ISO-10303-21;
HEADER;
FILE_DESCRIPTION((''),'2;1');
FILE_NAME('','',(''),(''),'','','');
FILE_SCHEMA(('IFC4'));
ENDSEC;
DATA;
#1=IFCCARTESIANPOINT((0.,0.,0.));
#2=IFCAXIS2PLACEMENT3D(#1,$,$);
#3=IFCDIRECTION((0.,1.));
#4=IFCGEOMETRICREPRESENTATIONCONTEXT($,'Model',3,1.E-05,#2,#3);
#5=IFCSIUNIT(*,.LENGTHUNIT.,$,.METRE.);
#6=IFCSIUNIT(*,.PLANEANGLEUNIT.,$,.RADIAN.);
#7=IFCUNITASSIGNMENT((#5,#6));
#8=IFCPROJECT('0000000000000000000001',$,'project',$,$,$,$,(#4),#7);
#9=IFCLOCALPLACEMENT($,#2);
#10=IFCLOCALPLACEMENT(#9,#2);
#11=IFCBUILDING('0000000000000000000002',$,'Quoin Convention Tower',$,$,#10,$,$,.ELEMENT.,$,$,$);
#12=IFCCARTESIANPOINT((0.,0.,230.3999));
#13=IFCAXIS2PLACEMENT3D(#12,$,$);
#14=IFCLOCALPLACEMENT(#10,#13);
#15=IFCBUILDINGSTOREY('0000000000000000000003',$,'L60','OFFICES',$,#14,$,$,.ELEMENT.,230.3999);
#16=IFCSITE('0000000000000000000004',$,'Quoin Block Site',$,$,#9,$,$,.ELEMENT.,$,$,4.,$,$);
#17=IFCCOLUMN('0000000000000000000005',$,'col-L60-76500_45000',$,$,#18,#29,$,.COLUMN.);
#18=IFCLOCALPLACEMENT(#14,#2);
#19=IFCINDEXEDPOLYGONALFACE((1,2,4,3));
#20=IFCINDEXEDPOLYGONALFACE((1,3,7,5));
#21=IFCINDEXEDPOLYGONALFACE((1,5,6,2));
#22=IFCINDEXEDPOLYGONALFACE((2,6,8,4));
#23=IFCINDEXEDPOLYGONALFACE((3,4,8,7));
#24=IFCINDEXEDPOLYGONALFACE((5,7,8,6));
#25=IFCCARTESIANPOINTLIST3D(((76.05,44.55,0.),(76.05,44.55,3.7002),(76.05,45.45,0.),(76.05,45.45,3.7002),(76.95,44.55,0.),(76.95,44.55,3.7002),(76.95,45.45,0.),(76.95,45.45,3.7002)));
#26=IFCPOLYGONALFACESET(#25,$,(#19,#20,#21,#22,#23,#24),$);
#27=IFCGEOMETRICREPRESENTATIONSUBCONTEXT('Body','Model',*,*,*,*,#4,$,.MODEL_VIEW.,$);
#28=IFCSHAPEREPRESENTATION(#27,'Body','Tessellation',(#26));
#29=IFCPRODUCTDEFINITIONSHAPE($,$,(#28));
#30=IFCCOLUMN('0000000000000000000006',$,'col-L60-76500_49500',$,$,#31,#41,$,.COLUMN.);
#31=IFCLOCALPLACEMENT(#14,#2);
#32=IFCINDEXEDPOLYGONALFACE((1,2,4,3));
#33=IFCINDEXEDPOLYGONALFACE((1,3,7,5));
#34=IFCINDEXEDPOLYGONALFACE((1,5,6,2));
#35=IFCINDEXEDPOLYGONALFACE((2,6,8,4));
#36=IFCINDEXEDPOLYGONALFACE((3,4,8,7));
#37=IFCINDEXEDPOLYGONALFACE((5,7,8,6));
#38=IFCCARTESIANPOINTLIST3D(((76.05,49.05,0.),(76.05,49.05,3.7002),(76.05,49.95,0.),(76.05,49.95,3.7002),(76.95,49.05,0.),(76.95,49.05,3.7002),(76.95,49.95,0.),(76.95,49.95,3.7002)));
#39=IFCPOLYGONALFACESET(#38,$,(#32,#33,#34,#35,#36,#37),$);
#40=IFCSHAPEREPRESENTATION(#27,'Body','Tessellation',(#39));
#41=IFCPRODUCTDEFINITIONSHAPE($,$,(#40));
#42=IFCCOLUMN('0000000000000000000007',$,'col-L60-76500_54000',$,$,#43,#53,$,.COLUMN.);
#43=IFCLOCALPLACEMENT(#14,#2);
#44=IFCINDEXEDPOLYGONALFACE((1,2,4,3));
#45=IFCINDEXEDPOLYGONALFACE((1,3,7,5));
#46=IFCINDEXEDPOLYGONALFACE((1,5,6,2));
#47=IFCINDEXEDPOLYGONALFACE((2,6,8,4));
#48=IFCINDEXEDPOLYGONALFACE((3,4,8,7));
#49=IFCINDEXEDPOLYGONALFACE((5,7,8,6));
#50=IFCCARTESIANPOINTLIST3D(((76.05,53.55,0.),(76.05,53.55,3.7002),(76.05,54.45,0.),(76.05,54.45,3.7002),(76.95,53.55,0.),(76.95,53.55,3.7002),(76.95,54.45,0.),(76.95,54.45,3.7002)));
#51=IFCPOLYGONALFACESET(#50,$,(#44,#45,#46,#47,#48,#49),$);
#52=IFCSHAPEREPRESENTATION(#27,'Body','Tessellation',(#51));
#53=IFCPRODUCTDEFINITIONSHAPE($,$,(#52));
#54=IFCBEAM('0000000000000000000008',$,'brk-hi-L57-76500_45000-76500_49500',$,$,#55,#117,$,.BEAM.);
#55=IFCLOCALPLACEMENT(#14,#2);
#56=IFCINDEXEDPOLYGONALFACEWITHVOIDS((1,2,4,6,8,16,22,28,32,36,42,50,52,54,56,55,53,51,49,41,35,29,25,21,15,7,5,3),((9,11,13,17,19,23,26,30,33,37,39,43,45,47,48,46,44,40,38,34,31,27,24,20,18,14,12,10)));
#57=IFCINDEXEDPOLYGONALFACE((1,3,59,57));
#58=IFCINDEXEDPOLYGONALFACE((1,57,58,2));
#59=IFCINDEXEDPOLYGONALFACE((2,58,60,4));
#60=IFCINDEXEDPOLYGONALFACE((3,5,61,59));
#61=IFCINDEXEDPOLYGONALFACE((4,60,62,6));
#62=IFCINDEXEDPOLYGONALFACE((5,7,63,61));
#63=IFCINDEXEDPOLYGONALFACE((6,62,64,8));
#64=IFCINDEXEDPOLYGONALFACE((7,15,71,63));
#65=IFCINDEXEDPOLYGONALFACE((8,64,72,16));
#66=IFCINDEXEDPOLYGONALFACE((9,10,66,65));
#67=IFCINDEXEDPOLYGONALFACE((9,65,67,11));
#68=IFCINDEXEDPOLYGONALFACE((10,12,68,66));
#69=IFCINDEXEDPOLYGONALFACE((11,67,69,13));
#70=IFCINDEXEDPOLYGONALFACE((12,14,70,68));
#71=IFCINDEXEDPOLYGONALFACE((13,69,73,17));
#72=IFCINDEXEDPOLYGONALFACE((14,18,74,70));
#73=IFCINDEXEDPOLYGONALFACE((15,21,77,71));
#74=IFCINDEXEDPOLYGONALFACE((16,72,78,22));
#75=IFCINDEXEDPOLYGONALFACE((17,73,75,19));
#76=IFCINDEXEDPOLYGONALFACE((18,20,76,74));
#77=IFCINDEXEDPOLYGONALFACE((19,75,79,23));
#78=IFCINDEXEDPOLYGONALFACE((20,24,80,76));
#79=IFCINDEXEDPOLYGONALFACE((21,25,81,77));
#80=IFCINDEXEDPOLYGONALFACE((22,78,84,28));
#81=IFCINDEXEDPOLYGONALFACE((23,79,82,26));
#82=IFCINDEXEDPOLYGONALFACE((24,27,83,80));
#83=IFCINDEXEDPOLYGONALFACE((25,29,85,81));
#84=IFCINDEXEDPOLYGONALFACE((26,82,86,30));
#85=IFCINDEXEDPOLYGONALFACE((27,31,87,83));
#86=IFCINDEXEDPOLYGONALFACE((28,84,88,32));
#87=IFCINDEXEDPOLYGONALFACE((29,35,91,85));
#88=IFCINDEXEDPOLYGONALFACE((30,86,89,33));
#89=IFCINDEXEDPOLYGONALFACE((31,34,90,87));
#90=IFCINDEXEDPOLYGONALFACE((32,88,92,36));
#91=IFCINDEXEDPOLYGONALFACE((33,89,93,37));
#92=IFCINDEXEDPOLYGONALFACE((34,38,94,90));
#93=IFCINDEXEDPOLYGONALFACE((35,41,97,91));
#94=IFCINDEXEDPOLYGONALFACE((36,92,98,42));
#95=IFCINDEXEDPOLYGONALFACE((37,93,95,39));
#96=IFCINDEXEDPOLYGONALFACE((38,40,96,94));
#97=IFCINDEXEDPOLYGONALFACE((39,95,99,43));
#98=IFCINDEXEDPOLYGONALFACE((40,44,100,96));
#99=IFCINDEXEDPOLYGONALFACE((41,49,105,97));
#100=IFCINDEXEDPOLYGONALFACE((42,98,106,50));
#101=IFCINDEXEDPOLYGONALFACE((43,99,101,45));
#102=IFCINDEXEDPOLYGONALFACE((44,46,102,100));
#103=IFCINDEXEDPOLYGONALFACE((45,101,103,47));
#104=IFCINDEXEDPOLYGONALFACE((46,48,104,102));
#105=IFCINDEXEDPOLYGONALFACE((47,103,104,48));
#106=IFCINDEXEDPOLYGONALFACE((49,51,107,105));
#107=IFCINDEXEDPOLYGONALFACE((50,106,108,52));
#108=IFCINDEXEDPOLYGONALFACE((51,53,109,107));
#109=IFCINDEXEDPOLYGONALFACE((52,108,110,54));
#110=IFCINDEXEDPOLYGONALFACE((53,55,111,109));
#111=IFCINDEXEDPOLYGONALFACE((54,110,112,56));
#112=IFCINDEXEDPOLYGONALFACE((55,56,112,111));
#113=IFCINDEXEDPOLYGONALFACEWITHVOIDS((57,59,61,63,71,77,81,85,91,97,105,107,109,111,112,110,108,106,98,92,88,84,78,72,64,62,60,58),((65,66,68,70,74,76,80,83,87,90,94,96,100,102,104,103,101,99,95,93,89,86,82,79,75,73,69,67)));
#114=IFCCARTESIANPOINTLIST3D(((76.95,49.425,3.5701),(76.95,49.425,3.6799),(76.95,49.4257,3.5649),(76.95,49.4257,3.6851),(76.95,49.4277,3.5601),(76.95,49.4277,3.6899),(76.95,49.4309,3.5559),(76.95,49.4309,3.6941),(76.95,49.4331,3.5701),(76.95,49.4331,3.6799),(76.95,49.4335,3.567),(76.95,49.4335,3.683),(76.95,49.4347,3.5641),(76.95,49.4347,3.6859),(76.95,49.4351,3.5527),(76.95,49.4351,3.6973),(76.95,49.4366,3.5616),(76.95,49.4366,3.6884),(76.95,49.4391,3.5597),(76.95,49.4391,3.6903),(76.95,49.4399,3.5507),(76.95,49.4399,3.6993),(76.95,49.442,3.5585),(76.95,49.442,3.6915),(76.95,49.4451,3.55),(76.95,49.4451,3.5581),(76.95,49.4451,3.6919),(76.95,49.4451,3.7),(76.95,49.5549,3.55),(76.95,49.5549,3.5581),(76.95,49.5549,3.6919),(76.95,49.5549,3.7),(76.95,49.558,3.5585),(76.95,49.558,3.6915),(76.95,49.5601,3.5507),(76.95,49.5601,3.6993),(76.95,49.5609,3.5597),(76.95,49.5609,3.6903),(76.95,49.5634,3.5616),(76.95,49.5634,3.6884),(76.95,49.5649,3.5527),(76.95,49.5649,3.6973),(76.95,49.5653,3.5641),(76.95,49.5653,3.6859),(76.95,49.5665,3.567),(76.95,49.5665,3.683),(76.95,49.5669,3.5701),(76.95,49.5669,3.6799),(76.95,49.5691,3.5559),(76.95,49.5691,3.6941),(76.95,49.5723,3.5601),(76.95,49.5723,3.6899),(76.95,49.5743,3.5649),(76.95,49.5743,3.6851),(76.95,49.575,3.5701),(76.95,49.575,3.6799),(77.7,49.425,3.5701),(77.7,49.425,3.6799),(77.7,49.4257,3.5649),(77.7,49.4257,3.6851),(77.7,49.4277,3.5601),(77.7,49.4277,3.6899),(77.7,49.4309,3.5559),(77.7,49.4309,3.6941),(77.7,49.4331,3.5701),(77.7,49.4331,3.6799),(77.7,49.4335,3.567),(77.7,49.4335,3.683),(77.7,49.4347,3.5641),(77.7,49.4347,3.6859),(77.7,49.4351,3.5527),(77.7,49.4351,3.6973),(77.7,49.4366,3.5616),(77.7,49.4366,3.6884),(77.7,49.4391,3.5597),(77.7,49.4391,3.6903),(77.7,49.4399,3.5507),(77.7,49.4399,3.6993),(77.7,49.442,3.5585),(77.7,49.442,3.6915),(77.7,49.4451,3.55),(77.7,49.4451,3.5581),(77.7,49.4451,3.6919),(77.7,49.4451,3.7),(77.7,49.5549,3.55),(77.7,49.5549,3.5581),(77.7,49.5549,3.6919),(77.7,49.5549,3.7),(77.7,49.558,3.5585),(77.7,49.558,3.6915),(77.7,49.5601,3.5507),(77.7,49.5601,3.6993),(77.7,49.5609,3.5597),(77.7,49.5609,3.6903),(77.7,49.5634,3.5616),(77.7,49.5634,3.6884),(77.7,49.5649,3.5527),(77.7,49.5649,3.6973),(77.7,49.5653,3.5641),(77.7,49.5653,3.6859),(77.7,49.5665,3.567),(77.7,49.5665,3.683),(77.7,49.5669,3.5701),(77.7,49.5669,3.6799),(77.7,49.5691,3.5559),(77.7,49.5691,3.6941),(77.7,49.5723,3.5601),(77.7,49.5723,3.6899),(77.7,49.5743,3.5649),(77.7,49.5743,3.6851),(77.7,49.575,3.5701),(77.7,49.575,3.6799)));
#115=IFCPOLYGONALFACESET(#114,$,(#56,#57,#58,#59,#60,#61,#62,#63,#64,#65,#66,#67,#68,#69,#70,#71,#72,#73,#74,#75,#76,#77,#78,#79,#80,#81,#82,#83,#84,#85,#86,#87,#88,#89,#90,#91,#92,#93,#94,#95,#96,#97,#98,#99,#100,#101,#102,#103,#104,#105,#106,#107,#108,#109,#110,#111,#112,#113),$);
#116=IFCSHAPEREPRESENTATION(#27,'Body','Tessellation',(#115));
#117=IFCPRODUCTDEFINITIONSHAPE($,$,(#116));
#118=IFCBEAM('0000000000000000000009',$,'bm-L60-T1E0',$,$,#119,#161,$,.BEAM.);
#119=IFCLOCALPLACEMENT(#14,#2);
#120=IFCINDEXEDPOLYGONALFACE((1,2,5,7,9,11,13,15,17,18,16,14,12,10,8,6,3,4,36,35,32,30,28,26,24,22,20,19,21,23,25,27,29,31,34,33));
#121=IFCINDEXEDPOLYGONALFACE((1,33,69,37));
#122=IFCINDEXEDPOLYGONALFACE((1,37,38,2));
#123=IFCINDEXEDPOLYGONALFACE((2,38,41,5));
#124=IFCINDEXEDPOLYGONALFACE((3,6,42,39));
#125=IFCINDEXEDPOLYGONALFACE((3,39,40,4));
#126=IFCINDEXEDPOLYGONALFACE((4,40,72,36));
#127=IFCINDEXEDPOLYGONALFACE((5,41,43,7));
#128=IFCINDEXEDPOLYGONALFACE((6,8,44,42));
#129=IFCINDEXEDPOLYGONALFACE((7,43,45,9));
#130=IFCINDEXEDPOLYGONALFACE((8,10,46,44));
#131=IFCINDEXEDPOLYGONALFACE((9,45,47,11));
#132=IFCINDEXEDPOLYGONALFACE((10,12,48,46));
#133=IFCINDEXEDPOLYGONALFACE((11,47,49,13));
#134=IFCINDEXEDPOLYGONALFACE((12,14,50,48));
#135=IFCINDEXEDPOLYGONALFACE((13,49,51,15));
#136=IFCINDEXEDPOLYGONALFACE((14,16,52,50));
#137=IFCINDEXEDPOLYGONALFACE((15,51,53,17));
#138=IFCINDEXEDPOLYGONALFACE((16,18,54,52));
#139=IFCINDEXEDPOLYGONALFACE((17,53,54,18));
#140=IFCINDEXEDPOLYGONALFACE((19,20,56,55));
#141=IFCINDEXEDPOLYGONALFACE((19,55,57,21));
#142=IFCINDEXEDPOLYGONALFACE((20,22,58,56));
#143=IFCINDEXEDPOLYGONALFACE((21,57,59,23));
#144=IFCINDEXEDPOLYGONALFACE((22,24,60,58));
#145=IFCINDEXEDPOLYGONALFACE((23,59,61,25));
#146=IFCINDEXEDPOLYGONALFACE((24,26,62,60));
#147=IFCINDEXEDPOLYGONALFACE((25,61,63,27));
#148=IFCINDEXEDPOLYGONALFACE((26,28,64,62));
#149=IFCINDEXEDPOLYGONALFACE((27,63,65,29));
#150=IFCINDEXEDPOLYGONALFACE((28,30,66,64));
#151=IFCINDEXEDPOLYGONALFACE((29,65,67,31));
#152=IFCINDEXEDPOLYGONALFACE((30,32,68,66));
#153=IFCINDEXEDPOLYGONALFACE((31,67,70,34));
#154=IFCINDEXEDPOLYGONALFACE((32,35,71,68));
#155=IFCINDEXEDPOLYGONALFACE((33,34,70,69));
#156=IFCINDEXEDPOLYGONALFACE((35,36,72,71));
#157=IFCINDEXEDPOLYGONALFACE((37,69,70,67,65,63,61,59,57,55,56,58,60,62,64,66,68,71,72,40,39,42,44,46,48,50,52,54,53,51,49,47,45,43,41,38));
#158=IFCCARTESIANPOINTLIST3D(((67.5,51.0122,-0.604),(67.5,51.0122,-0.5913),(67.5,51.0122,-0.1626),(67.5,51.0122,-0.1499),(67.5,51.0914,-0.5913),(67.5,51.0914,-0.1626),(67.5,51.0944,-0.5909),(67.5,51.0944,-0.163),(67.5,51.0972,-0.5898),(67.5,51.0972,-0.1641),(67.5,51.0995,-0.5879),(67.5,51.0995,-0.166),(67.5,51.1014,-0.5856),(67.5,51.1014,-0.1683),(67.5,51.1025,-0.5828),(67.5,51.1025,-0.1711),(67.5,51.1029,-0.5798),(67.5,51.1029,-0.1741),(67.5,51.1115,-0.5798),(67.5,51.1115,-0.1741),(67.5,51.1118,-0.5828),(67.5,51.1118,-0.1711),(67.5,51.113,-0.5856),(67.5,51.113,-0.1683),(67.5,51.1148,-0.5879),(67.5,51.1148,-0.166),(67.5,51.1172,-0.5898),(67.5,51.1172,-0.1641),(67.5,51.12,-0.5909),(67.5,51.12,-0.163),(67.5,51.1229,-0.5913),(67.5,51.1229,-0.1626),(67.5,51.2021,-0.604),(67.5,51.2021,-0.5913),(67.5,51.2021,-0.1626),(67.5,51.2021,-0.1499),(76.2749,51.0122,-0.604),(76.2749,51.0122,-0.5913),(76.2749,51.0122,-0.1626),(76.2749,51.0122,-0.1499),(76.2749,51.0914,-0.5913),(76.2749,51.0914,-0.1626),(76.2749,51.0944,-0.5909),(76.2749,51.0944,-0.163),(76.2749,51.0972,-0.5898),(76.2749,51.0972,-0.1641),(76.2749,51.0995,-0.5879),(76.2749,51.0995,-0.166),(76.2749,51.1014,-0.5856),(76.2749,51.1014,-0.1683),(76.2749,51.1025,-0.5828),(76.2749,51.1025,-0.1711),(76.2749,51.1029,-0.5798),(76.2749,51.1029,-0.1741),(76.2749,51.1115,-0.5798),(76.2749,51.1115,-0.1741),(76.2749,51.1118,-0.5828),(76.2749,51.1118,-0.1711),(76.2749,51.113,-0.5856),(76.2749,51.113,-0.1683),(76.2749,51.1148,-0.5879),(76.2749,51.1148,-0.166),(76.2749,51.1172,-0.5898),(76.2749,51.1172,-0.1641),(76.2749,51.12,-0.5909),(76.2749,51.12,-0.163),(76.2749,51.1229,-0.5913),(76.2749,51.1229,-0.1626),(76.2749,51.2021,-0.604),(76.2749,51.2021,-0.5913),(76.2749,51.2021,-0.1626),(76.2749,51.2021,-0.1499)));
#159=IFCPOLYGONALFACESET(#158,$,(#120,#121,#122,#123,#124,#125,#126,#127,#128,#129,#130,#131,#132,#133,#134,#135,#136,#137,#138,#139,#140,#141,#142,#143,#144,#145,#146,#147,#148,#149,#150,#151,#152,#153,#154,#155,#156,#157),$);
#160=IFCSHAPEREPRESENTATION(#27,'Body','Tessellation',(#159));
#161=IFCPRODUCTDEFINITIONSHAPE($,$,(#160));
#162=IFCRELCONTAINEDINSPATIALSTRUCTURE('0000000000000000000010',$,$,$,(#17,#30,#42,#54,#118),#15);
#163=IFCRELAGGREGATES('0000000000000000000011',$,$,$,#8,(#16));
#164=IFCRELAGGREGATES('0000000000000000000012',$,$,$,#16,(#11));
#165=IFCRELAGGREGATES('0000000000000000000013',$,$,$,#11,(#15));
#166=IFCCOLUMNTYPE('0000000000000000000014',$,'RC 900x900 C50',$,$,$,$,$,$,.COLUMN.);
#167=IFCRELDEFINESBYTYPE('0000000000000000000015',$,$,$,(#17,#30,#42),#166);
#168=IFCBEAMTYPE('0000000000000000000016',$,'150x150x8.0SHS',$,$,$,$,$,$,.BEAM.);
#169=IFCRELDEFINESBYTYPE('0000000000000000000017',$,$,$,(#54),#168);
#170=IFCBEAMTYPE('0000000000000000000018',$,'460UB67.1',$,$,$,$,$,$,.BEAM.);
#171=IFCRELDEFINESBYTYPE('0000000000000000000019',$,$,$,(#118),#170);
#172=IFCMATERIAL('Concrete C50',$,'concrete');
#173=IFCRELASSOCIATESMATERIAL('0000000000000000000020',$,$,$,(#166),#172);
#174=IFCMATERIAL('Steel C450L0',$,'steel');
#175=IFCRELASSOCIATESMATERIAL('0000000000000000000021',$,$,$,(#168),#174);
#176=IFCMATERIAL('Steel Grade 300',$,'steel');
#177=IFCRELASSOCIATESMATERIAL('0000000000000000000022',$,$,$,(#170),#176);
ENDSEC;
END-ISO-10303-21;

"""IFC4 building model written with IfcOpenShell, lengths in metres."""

from ifc_helpers import new_model, si_unit, direction, frame, origin, origin_2d, place, context, subcontext, project, spatial, rectangle, hollow_rectangle, i_section, extrude, material, material_profile, profile_set, type_object, element, save


model = new_model("IFC4")

# Units and contexts
model_context = context("Model", 3, precision=1e-05, world=origin(), true_north=direction((0.0, 1.0)))
body_context = subcontext(model_context, "Body", "Model", "MODEL_VIEW")
ifc_project = project(units=[si_unit("LENGTHUNIT", "METRE"), si_unit("PLANEANGLEUNIT", "RADIAN")], contexts=[model_context])

# Site, building, storey
site_placement = place(None, origin())
site = spatial("IfcSite", under=ifc_project, at=site_placement, Name="Quoin Block Site", CompositionType="ELEMENT", RefElevation=4.0)
building_placement = place(site_placement, origin())
building = spatial("IfcBuilding", under=site, at=building_placement, Name="Quoin Convention Tower", CompositionType="ELEMENT")
storey_placement = place(building_placement, frame((0.0, 0.0, 230.3999)))
storey = spatial("IfcBuildingStorey", under=building, at=storey_placement, Name="L60", Description="OFFICES", CompositionType="ELEMENT", Elevation=230.3999)

# Columns
ifc_material_1 = material(Name="Concrete C50", Category="concrete")
ifc_material_profile_1 = material_profile(ifc_material_1, rectangle(XDim=0.8999, YDim=0.8999, at=origin_2d()), Name="RC 900x900")
ifc_profile_set_1 = profile_set([ifc_material_profile_1], Name="Concrete C50")
column_type = type_object("IfcColumnType", Name="RC 900x900 C50", PredefinedType="COLUMN", material=ifc_profile_set_1)
for number, where, z_axis, x_axis, name in (
    (1, (76.5, 45.0, 0.0), (0.0, 0.0, 1.0), (1.0, 0.0, 0.0), "col-L60-76500_45000"),
    (2, (76.5, 49.5, 0.0), (0.0, 0.0, 1.0), (1.0, 0.0, 0.0), "col-L60-76500_49500"),
    (3, (76.5, 54.0, 0.0), (0.0, 0.0, 1.0), (1.0, 0.0, 0.0), "col-L60-76500_54000"),
):
    element("IfcColumn", number, at=place(storey_placement, frame(where, z_axis=z_axis, x_axis=x_axis)), inside=storey, type_object=column_type, Name=name, PredefinedType="COLUMN", context=body_context, shape_type="SweptSolid", body=[
        extrude(rectangle(XDim=0.8999, YDim=0.8999, at=origin_2d()), origin(), (0.0, 0.0, 1.0), 3.7002),
    ])

# Beams
ifc_material_2 = material(Name="Steel C450L0", Category="steel")
ifc_material_profile_2 = material_profile(ifc_material_2, hollow_rectangle(XDim=0.1499, YDim=0.1499, WallThickness=0.0081, InnerFilletRadius=0.012, OuterFilletRadius=0.02, at=origin_2d()), Name="150x150x8.0SHS")
ifc_profile_set_2 = profile_set([ifc_material_profile_2], Name="Steel C450L0")
beam_type_1 = type_object("IfcBeamType", Name="150x150x8.0SHS", PredefinedType="BEAM", material=ifc_profile_set_2)
beam_1_placement = place(storey_placement, frame((76.95, 49.5, 3.625), z_axis=(1.0, 0.0, 0.0), x_axis=(0.0, 1.0, 0.0)))
element("IfcBeam", 4, at=beam_1_placement, inside=storey, type_object=beam_type_1, Name="brk-hi-L57-76500_45000-76500_49500", PredefinedType="BEAM", context=body_context, shape_type="SweptSolid", body=[
    extrude(hollow_rectangle(XDim=0.1499, YDim=0.1499, WallThickness=0.0081, InnerFilletRadius=0.012, OuterFilletRadius=0.02, at=origin_2d()), origin(), (0.0, 0.0, 1.0), 0.75),
])
ifc_material_3 = material(Name="Steel Grade 300", Category="steel")
ifc_material_profile_3 = material_profile(ifc_material_3, i_section(OverallWidth=0.1899, OverallDepth=0.4541, WebThickness=0.0085, FlangeThickness=0.0127, FilletRadius=0.0115, at=origin_2d()), Name="460UB67.1")
ifc_profile_set_3 = profile_set([ifc_material_profile_3], Name="Steel Grade 300")
beam_type_2 = type_object("IfcBeamType", Name="460UB67.1", PredefinedType="BEAM", material=ifc_profile_set_3)
beam_2_placement = place(storey_placement, frame((67.5, 51.1072, -0.377), z_axis=(1.0, 0.0, 0.0), x_axis=(0.0, 1.0, 0.0)))
element("IfcBeam", 5, at=beam_2_placement, inside=storey, type_object=beam_type_2, Name="bm-L60-T1E0", PredefinedType="BEAM", context=body_context, shape_type="SweptSolid", body=[
    extrude(i_section(OverallWidth=0.1899, OverallDepth=0.4541, WebThickness=0.0085, FlangeThickness=0.0127, FilletRadius=0.0115, at=origin_2d()), origin(), (0.0, 0.0, 1.0), 8.7749),
])

save(model, "model.ifc")
